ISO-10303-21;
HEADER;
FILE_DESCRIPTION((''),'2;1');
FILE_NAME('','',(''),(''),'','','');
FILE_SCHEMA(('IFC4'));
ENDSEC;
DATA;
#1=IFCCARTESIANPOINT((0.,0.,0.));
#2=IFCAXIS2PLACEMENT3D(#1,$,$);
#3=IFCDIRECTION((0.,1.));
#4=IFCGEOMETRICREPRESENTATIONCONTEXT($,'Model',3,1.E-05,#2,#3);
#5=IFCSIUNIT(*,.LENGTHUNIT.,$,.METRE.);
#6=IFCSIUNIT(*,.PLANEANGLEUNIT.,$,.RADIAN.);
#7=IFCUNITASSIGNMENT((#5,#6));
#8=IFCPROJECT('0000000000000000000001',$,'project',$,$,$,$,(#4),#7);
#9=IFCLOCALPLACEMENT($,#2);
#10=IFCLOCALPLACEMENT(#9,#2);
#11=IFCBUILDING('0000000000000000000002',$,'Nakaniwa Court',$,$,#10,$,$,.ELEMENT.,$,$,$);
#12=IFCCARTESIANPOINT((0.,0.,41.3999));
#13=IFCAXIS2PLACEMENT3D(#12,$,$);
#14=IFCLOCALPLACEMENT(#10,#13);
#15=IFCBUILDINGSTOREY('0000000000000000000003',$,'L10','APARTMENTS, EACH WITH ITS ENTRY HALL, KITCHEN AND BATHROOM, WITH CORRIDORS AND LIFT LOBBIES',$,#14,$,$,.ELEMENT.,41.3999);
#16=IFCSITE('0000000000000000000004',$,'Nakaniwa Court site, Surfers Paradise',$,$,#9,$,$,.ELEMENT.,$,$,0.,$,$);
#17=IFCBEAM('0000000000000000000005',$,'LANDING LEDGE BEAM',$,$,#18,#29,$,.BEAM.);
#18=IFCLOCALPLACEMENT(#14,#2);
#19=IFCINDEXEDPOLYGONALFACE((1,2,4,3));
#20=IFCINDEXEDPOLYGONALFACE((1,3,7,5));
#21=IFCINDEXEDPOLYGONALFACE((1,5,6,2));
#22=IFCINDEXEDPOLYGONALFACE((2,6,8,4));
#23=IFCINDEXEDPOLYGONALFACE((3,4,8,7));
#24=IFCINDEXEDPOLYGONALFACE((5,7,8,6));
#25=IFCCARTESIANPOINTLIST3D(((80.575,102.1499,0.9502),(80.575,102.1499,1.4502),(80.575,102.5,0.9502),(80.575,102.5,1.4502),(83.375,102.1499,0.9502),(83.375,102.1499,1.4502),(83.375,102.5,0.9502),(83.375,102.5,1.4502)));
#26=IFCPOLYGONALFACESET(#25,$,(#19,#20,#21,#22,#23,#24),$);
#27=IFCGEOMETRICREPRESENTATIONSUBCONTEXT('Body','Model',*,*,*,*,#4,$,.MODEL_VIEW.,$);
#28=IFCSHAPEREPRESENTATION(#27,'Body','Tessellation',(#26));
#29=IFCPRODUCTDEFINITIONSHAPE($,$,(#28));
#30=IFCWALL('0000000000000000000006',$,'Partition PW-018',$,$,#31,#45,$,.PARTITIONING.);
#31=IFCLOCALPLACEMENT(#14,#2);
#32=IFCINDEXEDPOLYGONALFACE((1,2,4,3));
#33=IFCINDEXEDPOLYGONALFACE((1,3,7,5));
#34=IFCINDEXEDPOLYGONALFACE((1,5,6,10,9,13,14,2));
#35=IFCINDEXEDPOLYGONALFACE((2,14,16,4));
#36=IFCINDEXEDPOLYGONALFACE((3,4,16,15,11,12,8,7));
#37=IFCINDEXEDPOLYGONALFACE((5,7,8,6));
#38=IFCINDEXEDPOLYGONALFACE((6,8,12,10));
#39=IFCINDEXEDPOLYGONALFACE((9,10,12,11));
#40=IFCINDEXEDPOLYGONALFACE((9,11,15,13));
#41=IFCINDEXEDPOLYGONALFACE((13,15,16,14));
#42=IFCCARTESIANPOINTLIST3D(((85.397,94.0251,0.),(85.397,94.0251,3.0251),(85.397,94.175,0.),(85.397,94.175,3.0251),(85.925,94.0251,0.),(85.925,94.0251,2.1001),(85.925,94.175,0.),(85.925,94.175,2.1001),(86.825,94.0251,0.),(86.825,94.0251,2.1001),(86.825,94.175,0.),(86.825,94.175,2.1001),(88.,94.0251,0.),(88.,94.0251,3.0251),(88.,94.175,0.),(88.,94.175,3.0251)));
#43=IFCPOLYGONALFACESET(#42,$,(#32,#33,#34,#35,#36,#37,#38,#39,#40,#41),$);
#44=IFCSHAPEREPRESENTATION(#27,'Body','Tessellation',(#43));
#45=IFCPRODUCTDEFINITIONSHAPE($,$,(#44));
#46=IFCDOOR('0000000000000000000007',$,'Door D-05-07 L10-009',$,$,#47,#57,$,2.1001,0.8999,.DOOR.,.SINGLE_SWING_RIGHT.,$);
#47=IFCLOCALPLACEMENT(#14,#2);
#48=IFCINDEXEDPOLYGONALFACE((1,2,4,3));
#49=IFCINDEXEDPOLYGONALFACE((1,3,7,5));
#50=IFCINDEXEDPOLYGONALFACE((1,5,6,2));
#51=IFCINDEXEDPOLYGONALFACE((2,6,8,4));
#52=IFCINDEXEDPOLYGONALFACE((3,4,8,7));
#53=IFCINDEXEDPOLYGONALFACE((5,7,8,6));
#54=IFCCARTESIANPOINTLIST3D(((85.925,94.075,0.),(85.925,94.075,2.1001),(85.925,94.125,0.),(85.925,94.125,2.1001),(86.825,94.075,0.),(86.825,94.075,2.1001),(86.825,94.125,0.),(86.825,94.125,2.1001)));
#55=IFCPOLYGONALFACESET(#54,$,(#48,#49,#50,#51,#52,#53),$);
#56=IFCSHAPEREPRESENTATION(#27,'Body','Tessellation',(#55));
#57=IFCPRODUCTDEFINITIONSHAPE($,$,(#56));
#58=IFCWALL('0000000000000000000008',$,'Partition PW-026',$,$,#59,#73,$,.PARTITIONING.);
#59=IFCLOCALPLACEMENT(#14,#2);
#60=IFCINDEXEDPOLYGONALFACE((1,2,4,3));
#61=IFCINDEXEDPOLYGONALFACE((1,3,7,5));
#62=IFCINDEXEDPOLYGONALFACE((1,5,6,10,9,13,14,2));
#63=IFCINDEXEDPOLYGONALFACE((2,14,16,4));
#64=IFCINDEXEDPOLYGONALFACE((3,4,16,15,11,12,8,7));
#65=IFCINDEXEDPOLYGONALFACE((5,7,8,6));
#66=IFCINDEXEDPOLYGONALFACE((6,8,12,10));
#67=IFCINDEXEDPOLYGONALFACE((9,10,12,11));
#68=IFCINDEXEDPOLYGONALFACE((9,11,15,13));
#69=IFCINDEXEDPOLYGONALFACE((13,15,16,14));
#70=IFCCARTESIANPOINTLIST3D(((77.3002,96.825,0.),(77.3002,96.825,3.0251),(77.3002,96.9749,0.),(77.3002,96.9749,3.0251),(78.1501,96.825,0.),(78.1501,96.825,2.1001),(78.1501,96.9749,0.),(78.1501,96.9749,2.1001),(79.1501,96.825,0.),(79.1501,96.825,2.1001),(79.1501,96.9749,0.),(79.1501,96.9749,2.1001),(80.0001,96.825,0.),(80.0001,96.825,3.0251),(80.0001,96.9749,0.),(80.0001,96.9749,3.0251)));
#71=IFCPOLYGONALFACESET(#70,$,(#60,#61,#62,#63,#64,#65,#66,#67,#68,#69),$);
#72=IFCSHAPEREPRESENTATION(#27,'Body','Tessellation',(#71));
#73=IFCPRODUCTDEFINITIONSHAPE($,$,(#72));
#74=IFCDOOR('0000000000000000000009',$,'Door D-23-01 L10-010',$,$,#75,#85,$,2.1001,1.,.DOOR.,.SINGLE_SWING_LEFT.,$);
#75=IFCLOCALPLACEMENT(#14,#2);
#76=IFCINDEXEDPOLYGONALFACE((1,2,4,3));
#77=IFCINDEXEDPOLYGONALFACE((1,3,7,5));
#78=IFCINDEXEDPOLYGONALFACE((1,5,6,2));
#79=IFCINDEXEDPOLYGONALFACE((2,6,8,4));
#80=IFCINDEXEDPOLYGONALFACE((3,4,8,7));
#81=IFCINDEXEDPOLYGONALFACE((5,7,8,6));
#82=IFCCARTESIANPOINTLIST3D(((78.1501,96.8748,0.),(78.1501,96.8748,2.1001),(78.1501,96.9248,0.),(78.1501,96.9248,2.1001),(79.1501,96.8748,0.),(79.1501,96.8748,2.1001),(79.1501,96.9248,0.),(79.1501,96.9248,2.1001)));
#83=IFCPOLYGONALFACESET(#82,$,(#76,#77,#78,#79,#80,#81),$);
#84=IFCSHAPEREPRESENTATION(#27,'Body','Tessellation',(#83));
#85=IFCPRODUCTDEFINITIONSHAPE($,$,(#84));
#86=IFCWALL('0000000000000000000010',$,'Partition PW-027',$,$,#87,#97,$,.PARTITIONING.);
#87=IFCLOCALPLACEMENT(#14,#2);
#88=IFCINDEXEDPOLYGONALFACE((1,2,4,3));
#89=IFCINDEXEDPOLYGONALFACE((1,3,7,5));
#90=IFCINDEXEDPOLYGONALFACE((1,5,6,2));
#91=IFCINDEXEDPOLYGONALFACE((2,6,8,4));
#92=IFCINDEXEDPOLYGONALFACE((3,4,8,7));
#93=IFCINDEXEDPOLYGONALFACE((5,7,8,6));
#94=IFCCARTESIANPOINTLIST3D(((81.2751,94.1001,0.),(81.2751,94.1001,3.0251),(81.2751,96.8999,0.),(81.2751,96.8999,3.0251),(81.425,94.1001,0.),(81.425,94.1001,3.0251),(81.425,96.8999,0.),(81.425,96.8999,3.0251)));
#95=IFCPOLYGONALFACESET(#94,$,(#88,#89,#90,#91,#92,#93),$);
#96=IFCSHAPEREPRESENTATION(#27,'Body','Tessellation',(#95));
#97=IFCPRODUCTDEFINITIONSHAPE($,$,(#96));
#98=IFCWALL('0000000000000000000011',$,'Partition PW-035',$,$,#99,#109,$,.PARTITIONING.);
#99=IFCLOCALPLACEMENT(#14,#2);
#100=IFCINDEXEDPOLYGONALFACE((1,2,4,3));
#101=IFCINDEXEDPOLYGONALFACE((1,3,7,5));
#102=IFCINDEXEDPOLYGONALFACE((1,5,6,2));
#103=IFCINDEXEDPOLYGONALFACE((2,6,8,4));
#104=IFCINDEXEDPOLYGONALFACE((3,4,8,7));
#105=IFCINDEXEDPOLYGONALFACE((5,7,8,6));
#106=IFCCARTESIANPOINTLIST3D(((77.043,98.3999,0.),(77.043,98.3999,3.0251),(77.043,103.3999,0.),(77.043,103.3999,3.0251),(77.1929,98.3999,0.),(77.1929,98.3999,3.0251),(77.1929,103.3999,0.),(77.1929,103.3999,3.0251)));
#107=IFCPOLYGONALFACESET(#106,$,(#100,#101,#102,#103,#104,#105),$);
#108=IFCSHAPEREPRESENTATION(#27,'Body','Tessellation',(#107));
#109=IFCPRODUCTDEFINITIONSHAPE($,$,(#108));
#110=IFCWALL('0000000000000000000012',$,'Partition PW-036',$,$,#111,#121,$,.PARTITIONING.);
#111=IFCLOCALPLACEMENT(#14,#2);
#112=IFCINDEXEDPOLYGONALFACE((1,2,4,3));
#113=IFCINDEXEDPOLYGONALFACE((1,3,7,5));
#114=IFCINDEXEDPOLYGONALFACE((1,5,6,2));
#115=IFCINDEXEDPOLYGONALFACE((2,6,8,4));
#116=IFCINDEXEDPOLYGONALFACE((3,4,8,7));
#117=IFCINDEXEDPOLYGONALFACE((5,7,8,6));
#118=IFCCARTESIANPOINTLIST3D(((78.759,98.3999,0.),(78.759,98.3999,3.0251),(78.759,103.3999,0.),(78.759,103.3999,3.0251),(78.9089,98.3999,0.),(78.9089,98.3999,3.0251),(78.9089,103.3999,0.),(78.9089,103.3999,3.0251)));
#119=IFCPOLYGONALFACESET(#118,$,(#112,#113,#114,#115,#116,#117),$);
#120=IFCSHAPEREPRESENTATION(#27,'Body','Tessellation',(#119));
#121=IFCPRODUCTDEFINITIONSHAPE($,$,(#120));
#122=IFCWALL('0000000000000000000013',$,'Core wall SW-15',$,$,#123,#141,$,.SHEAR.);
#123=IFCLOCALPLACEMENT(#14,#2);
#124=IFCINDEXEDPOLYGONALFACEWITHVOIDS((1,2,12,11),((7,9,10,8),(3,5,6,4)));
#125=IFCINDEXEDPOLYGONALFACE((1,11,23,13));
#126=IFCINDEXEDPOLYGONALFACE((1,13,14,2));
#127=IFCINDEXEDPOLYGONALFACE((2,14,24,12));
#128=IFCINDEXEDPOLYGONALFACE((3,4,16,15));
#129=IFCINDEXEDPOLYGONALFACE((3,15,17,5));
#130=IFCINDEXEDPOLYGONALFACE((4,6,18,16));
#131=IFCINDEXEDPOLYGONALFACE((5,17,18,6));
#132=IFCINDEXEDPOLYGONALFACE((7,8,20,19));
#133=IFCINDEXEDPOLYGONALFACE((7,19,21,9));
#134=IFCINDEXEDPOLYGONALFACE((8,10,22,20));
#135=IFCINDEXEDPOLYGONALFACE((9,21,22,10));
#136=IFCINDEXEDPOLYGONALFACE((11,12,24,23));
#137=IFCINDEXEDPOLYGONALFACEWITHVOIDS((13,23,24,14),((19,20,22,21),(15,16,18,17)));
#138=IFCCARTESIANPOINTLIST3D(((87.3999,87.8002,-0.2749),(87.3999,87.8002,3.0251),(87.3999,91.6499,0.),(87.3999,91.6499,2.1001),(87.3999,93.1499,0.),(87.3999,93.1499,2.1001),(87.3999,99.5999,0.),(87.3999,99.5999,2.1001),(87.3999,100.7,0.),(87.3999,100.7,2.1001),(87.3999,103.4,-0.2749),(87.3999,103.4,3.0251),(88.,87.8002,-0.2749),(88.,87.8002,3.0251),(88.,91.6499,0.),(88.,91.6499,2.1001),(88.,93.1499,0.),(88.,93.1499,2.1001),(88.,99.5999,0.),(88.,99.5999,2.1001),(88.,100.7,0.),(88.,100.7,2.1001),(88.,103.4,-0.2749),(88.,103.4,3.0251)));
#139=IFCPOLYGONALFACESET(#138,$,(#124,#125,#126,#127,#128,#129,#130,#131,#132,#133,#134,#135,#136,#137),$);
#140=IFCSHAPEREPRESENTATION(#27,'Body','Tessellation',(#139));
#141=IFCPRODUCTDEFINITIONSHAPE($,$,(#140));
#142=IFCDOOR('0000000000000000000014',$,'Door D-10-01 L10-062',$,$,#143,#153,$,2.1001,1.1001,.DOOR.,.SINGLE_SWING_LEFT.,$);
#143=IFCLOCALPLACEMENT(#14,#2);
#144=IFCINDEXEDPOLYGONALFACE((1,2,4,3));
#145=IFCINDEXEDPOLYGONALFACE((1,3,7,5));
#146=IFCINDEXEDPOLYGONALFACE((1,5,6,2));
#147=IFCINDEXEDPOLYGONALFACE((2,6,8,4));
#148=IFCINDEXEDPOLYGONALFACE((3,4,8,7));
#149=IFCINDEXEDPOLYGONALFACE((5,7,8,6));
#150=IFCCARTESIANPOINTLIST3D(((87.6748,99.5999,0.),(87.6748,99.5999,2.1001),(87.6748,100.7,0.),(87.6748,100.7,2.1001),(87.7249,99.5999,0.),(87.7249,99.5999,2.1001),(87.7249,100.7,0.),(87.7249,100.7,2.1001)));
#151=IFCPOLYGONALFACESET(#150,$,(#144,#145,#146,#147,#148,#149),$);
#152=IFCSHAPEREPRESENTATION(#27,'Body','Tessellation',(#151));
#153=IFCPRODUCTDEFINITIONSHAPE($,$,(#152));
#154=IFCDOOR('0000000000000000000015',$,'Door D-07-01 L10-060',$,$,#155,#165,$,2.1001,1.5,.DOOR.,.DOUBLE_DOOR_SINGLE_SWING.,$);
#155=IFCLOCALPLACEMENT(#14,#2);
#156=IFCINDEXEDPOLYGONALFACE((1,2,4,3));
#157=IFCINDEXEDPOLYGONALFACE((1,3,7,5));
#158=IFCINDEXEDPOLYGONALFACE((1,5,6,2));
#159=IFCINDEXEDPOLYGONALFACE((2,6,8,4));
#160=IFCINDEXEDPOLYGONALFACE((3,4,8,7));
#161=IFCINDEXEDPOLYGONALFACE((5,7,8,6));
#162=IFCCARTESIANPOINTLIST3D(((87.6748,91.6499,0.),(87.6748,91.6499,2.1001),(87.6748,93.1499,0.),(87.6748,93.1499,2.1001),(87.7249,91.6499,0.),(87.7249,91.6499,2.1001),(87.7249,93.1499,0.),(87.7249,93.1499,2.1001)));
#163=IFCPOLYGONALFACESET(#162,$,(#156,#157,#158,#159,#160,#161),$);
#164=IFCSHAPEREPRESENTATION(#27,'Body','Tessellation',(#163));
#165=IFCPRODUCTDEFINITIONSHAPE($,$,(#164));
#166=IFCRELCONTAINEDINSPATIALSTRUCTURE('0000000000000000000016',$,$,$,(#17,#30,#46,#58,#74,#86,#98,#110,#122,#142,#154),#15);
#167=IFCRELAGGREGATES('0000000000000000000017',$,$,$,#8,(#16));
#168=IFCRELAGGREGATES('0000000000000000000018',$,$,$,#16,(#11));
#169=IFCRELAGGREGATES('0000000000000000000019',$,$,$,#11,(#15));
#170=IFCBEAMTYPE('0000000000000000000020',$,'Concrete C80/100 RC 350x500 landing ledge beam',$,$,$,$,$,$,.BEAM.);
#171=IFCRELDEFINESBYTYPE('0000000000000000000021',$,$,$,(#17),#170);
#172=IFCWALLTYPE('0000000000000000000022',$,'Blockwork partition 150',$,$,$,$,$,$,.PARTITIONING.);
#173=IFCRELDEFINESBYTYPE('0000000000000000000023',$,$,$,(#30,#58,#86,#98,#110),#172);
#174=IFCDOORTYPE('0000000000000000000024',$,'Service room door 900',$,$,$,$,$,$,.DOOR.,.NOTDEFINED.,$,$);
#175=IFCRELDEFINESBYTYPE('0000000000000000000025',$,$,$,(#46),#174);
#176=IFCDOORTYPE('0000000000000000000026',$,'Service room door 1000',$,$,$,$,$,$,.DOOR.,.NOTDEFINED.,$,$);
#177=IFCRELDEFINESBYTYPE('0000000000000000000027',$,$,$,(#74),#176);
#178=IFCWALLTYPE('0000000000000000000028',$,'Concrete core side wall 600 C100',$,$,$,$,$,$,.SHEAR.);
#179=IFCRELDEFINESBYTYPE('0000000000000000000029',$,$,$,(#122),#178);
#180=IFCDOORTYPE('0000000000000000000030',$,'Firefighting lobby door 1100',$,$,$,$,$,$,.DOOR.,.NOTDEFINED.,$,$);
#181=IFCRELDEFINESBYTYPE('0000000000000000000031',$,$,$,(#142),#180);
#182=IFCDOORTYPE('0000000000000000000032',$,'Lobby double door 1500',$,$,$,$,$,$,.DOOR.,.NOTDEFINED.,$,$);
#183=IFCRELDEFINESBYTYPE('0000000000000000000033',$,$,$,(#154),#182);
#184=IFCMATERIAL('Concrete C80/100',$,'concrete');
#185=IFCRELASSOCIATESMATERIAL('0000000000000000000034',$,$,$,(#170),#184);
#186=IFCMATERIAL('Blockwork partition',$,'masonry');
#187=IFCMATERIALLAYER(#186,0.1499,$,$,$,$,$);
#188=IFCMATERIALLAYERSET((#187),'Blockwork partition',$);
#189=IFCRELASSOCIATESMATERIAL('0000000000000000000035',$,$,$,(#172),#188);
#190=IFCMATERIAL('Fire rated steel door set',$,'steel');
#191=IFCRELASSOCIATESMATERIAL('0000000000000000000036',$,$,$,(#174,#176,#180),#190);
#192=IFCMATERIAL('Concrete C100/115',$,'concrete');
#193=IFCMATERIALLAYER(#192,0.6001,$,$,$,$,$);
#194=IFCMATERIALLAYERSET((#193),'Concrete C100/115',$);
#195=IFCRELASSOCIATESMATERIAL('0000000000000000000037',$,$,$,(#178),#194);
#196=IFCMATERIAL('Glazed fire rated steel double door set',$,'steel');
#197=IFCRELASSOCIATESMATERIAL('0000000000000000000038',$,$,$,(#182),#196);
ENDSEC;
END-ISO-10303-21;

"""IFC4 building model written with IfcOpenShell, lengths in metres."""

from ifc_helpers import new_model, si_unit, direction, frame, frame_2d, origin, origin_2d, place, context, subcontext, project, spatial, rectangle, extrude, material, layer, layer_set, material_profile, profile_set, type_object, element, fill, save


model = new_model("IFC4")

# Units and contexts
model_context = context("Model", 3, precision=1e-05, world=origin(), true_north=direction((0.0, 1.0)))
body_context = subcontext(model_context, "Body", "Model", "MODEL_VIEW")
ifc_project = project(units=[si_unit("LENGTHUNIT", "METRE"), si_unit("PLANEANGLEUNIT", "RADIAN")], contexts=[model_context])

# Site, building, storey
site_placement = place(None, origin())
site = spatial("IfcSite", under=ifc_project, at=site_placement, Name="Nakaniwa Court site, Surfers Paradise", CompositionType="ELEMENT", RefElevation=0.0)
building_placement = place(site_placement, origin())
building = spatial("IfcBuilding", under=site, at=building_placement, Name="Nakaniwa Court", CompositionType="ELEMENT")
storey_placement = place(building_placement, frame((0.0, 0.0, 41.3999)))
storey = spatial("IfcBuildingStorey", under=building, at=storey_placement, Name="L10", Description="APARTMENTS, EACH WITH ITS ENTRY HALL, KITCHEN AND BATHROOM, WITH CORRIDORS AND LIFT LOBBIES", CompositionType="ELEMENT", Elevation=41.3999)

# Beam
ifc_material_1 = material(Name="Concrete C80/100", Category="concrete")
ifc_material_profile = material_profile(ifc_material_1, rectangle(XDim=0.3501, YDim=0.5, at=origin_2d()), Name="Concrete C80/100 RC 350x500 landing ledge beam")
ifc_profile_set = profile_set([ifc_material_profile], Name="Concrete C80/100")
beam_type = type_object("IfcBeamType", Name="Concrete C80/100 RC 350x500 landing ledge beam", PredefinedType="BEAM", material=ifc_profile_set)
beam_placement = place(storey_placement, frame((80.575, 102.325, 1.2002), z_axis=(1.0, 0.0, 0.0), x_axis=(0.0, 1.0, 0.0)))
element("IfcBeam", 1, at=beam_placement, inside=storey, type_object=beam_type, Name="LANDING LEDGE BEAM", PredefinedType="BEAM", context=body_context, shape_type="SweptSolid", body=[
    extrude(rectangle(XDim=0.3501, YDim=0.5, at=origin_2d()), origin(), (0.0, 0.0, 1.0), 2.8),
])

# Walls, openings, doors
ifc_material_2 = material(Name="Blockwork partition", Category="masonry")
ifc_layer_1 = layer(ifc_material_2, 0.1499)
ifc_layer_set_1 = layer_set([ifc_layer_1], Name="Blockwork partition")
wall_type_1 = type_object("IfcWallType", Name="Blockwork partition 150", PredefinedType="PARTITIONING", material=ifc_layer_set_1)
wall_1_placement = place(storey_placement, frame((85.397, 94.1001, 0.0), z_axis=(0.0, 0.0, 1.0), x_axis=(1.0, 0.0, 0.0)))
wall_1 = element("IfcWall", 2, at=wall_1_placement, inside=storey, type_object=wall_type_1, Name="Partition PW-018", PredefinedType="PARTITIONING", context=body_context, shape_type="SweptSolid", body=[
    extrude(rectangle(XDim=2.603, YDim=0.1499, at=frame_2d((1.3015, 0.0))), origin(), (0.0, 0.0, 1.0), 3.0251),
])
opening_1_placement = place(wall_1_placement, frame((0.5281, 0.0, 0.0)))
opening_1 = element("IfcOpeningElement", 3, at=opening_1_placement, cuts=wall_1, PredefinedType="OPENING", context=body_context, shape_type="SweptSolid", body=[
    extrude(rectangle(XDim=0.8999, YDim=2.1001, at=frame_2d((0.45, 1.05))), frame((0.0, 0.085, 0.0), z_axis=(0.0, -1.0, 0.0), x_axis=(1.0, 0.0, 0.0)), (0.0, 0.0, 1.0), 0.1699),
])
ifc_material_3 = material(Name="Fire rated steel door set", Category="steel")
door_type_1 = type_object("IfcDoorType", Name="Service room door 900", OperationType="NOTDEFINED", PredefinedType="DOOR", material=ifc_material_3)
door_1_placement = place(opening_1_placement, origin())
door_1 = element("IfcDoor", 4, at=door_1_placement, inside=storey, type_object=door_type_1, Name="Door D-05-07 L10-009", OperationType="SINGLE_SWING_RIGHT", OverallHeight=2.1001, OverallWidth=0.8999, PredefinedType="DOOR", context=body_context, shape_type="SweptSolid", body=[
    extrude(rectangle(XDim=0.8999, YDim=2.1001, at=frame_2d((0.45, 1.05))), frame((0.0, 0.0249, 0.0), z_axis=(0.0, -1.0, 0.0), x_axis=(1.0, 0.0, 0.0)), (0.0, 0.0, 1.0), 0.05),
])
fill(opening_1, door_1)
wall_2_placement = place(storey_placement, frame((77.3, 96.8999, 0.0), z_axis=(0.0, 0.0, 1.0), x_axis=(1.0, 0.0, 0.0)))
wall_2 = element("IfcWall", 5, at=wall_2_placement, inside=storey, type_object=wall_type_1, Name="Partition PW-026", PredefinedType="PARTITIONING", context=body_context, shape_type="SweptSolid", body=[
    extrude(rectangle(XDim=2.7, YDim=0.1499, at=frame_2d((1.3501, 0.0))), origin(), (0.0, 0.0, 1.0), 3.0251),
])
opening_2_placement = place(wall_2_placement, frame((0.8501, 0.0, 0.0)))
opening_2 = element("IfcOpeningElement", 6, at=opening_2_placement, cuts=wall_2, PredefinedType="OPENING", context=body_context, shape_type="SweptSolid", body=[
    extrude(rectangle(XDim=1.0, YDim=2.1001, at=frame_2d((0.5, 1.05))), frame((0.0, 0.085, 0.0), z_axis=(0.0, -1.0, 0.0), x_axis=(1.0, 0.0, 0.0)), (0.0, 0.0, 1.0), 0.1699),
])
door_type_2 = type_object("IfcDoorType", Name="Service room door 1000", OperationType="NOTDEFINED", PredefinedType="DOOR", material=ifc_material_3)
door_2_placement = place(opening_2_placement, origin())
door_2 = element("IfcDoor", 7, at=door_2_placement, inside=storey, type_object=door_type_2, Name="Door D-23-01 L10-010", OperationType="SINGLE_SWING_LEFT", OverallHeight=2.1001, OverallWidth=1.0, PredefinedType="DOOR", context=body_context, shape_type="SweptSolid", body=[
    extrude(rectangle(XDim=1.0, YDim=2.1001, at=frame_2d((0.5, 1.05))), frame((0.0, 0.0249, 0.0), z_axis=(0.0, -1.0, 0.0), x_axis=(1.0, 0.0, 0.0)), (0.0, 0.0, 1.0), 0.05),
])
fill(opening_2, door_2)

# Walls
wall_3_placement = place(storey_placement, frame((81.3501, 94.1001, 0.0), z_axis=(0.0, 0.0, 1.0), x_axis=(0.0, 1.0, 0.0)))
element("IfcWall", 8, at=wall_3_placement, inside=storey, type_object=wall_type_1, Name="Partition PW-027", PredefinedType="PARTITIONING", context=body_context, shape_type="SweptSolid", body=[
    extrude(rectangle(XDim=2.7998, YDim=0.1499, at=frame_2d((1.3999, 0.0))), origin(), (0.0, 0.0, 1.0), 3.0251),
])
for number, where, z_axis, x_axis, name in (
    (9, (77.1179, 98.3999, 0.0), (0.0, 0.0, 1.0), (0.0, 1.0, 0.0), "Partition PW-035"),
    (10, (78.834, 98.3999, 0.0), (0.0, 0.0, 1.0), (0.0, 1.0, 0.0), "Partition PW-036"),
):
    element("IfcWall", number, at=place(storey_placement, frame(where, z_axis=z_axis, x_axis=x_axis)), inside=storey, type_object=wall_type_1, Name=name, PredefinedType="PARTITIONING", context=body_context, shape_type="SweptSolid", body=[
        extrude(rectangle(XDim=5.0, YDim=0.1499, at=frame_2d((2.5, 0.0))), origin(), (0.0, 0.0, 1.0), 3.0251),
    ])

# Wall, openings, doors
ifc_material_4 = material(Name="Concrete C100/115", Category="concrete")
ifc_layer_2 = layer(ifc_material_4, 0.6001)
ifc_layer_set_2 = layer_set([ifc_layer_2], Name="Concrete C100/115")
wall_type_2 = type_object("IfcWallType", Name="Concrete core side wall 600 C100", PredefinedType="SHEAR", material=ifc_layer_set_2)
wall_4_placement = place(storey_placement, frame((87.7, 103.3999, -0.2749), z_axis=(0.0, 0.0, 1.0), x_axis=(0.0, -1.0, 0.0)))
wall_4 = element("IfcWall", 11, at=wall_4_placement, inside=storey, type_object=wall_type_2, Name="Core wall SW-15", PredefinedType="SHEAR", context=body_context, shape_type="SweptSolid", body=[
    extrude(rectangle(XDim=15.5999, YDim=0.6001, at=frame_2d((7.7998, 0.0))), origin(), (0.0, 0.0, 1.0), 3.3),
])
opening_3_placement = place(wall_4_placement, frame((10.25, 0.0, 0.2749)))
opening_3 = element("IfcOpeningElement", 12, at=opening_3_placement, cuts=wall_4, PredefinedType="OPENING", context=body_context, shape_type="SweptSolid", body=[
    extrude(rectangle(XDim=1.5, YDim=2.1001, at=frame_2d((0.75, 1.05))), frame((0.0, 0.3101, 0.0), z_axis=(0.0, -1.0, 0.0), x_axis=(1.0, 0.0, 0.0)), (0.0, 0.0, 1.0), 0.6201),
])
opening_4_placement = place(wall_4_placement, frame((2.7, 0.0, 0.2749)))
opening_4 = element("IfcOpeningElement", 13, at=opening_4_placement, cuts=wall_4, PredefinedType="OPENING", context=body_context, shape_type="SweptSolid", body=[
    extrude(rectangle(XDim=1.1001, YDim=2.1001, at=frame_2d((0.55, 1.05))), frame((0.0, 0.3101, 0.0), z_axis=(0.0, -1.0, 0.0), x_axis=(1.0, 0.0, 0.0)), (0.0, 0.0, 1.0), 0.6201),
])
door_type_3 = type_object("IfcDoorType", Name="Firefighting lobby door 1100", OperationType="NOTDEFINED", PredefinedType="DOOR", material=ifc_material_3)
door_3_placement = place(opening_4_placement, origin())
door_3 = element("IfcDoor", 14, at=door_3_placement, inside=storey, type_object=door_type_3, Name="Door D-10-01 L10-062", OperationType="SINGLE_SWING_LEFT", OverallHeight=2.1001, OverallWidth=1.1001, PredefinedType="DOOR", context=body_context, shape_type="SweptSolid", body=[
    extrude(rectangle(XDim=1.1001, YDim=2.1001, at=frame_2d((0.55, 1.05))), frame((0.0, 0.0249, 0.0), z_axis=(0.0, -1.0, 0.0), x_axis=(1.0, 0.0, 0.0)), (0.0, 0.0, 1.0), 0.05),
])
fill(opening_4, door_3)
ifc_material_5 = material(Name="Glazed fire rated steel double door set", Category="steel")
door_type_4 = type_object("IfcDoorType", Name="Lobby double door 1500", OperationType="NOTDEFINED", PredefinedType="DOOR", material=ifc_material_5)
door_4_placement = place(opening_3_placement, origin())
door_4 = element("IfcDoor", 15, at=door_4_placement, inside=storey, type_object=door_type_4, Name="Door D-07-01 L10-060", OperationType="DOUBLE_DOOR_SINGLE_SWING", OverallHeight=2.1001, OverallWidth=1.5, PredefinedType="DOOR", context=body_context, shape_type="SweptSolid", body=[
    extrude(rectangle(XDim=1.5, YDim=2.1001, at=frame_2d((0.75, 1.05))), frame((0.0, 0.0249, 0.0), z_axis=(0.0, -1.0, 0.0), x_axis=(1.0, 0.0, 0.0)), (0.0, 0.0, 1.0), 0.05),
])
fill(opening_3, door_4)

save(model, "model.ifc")
